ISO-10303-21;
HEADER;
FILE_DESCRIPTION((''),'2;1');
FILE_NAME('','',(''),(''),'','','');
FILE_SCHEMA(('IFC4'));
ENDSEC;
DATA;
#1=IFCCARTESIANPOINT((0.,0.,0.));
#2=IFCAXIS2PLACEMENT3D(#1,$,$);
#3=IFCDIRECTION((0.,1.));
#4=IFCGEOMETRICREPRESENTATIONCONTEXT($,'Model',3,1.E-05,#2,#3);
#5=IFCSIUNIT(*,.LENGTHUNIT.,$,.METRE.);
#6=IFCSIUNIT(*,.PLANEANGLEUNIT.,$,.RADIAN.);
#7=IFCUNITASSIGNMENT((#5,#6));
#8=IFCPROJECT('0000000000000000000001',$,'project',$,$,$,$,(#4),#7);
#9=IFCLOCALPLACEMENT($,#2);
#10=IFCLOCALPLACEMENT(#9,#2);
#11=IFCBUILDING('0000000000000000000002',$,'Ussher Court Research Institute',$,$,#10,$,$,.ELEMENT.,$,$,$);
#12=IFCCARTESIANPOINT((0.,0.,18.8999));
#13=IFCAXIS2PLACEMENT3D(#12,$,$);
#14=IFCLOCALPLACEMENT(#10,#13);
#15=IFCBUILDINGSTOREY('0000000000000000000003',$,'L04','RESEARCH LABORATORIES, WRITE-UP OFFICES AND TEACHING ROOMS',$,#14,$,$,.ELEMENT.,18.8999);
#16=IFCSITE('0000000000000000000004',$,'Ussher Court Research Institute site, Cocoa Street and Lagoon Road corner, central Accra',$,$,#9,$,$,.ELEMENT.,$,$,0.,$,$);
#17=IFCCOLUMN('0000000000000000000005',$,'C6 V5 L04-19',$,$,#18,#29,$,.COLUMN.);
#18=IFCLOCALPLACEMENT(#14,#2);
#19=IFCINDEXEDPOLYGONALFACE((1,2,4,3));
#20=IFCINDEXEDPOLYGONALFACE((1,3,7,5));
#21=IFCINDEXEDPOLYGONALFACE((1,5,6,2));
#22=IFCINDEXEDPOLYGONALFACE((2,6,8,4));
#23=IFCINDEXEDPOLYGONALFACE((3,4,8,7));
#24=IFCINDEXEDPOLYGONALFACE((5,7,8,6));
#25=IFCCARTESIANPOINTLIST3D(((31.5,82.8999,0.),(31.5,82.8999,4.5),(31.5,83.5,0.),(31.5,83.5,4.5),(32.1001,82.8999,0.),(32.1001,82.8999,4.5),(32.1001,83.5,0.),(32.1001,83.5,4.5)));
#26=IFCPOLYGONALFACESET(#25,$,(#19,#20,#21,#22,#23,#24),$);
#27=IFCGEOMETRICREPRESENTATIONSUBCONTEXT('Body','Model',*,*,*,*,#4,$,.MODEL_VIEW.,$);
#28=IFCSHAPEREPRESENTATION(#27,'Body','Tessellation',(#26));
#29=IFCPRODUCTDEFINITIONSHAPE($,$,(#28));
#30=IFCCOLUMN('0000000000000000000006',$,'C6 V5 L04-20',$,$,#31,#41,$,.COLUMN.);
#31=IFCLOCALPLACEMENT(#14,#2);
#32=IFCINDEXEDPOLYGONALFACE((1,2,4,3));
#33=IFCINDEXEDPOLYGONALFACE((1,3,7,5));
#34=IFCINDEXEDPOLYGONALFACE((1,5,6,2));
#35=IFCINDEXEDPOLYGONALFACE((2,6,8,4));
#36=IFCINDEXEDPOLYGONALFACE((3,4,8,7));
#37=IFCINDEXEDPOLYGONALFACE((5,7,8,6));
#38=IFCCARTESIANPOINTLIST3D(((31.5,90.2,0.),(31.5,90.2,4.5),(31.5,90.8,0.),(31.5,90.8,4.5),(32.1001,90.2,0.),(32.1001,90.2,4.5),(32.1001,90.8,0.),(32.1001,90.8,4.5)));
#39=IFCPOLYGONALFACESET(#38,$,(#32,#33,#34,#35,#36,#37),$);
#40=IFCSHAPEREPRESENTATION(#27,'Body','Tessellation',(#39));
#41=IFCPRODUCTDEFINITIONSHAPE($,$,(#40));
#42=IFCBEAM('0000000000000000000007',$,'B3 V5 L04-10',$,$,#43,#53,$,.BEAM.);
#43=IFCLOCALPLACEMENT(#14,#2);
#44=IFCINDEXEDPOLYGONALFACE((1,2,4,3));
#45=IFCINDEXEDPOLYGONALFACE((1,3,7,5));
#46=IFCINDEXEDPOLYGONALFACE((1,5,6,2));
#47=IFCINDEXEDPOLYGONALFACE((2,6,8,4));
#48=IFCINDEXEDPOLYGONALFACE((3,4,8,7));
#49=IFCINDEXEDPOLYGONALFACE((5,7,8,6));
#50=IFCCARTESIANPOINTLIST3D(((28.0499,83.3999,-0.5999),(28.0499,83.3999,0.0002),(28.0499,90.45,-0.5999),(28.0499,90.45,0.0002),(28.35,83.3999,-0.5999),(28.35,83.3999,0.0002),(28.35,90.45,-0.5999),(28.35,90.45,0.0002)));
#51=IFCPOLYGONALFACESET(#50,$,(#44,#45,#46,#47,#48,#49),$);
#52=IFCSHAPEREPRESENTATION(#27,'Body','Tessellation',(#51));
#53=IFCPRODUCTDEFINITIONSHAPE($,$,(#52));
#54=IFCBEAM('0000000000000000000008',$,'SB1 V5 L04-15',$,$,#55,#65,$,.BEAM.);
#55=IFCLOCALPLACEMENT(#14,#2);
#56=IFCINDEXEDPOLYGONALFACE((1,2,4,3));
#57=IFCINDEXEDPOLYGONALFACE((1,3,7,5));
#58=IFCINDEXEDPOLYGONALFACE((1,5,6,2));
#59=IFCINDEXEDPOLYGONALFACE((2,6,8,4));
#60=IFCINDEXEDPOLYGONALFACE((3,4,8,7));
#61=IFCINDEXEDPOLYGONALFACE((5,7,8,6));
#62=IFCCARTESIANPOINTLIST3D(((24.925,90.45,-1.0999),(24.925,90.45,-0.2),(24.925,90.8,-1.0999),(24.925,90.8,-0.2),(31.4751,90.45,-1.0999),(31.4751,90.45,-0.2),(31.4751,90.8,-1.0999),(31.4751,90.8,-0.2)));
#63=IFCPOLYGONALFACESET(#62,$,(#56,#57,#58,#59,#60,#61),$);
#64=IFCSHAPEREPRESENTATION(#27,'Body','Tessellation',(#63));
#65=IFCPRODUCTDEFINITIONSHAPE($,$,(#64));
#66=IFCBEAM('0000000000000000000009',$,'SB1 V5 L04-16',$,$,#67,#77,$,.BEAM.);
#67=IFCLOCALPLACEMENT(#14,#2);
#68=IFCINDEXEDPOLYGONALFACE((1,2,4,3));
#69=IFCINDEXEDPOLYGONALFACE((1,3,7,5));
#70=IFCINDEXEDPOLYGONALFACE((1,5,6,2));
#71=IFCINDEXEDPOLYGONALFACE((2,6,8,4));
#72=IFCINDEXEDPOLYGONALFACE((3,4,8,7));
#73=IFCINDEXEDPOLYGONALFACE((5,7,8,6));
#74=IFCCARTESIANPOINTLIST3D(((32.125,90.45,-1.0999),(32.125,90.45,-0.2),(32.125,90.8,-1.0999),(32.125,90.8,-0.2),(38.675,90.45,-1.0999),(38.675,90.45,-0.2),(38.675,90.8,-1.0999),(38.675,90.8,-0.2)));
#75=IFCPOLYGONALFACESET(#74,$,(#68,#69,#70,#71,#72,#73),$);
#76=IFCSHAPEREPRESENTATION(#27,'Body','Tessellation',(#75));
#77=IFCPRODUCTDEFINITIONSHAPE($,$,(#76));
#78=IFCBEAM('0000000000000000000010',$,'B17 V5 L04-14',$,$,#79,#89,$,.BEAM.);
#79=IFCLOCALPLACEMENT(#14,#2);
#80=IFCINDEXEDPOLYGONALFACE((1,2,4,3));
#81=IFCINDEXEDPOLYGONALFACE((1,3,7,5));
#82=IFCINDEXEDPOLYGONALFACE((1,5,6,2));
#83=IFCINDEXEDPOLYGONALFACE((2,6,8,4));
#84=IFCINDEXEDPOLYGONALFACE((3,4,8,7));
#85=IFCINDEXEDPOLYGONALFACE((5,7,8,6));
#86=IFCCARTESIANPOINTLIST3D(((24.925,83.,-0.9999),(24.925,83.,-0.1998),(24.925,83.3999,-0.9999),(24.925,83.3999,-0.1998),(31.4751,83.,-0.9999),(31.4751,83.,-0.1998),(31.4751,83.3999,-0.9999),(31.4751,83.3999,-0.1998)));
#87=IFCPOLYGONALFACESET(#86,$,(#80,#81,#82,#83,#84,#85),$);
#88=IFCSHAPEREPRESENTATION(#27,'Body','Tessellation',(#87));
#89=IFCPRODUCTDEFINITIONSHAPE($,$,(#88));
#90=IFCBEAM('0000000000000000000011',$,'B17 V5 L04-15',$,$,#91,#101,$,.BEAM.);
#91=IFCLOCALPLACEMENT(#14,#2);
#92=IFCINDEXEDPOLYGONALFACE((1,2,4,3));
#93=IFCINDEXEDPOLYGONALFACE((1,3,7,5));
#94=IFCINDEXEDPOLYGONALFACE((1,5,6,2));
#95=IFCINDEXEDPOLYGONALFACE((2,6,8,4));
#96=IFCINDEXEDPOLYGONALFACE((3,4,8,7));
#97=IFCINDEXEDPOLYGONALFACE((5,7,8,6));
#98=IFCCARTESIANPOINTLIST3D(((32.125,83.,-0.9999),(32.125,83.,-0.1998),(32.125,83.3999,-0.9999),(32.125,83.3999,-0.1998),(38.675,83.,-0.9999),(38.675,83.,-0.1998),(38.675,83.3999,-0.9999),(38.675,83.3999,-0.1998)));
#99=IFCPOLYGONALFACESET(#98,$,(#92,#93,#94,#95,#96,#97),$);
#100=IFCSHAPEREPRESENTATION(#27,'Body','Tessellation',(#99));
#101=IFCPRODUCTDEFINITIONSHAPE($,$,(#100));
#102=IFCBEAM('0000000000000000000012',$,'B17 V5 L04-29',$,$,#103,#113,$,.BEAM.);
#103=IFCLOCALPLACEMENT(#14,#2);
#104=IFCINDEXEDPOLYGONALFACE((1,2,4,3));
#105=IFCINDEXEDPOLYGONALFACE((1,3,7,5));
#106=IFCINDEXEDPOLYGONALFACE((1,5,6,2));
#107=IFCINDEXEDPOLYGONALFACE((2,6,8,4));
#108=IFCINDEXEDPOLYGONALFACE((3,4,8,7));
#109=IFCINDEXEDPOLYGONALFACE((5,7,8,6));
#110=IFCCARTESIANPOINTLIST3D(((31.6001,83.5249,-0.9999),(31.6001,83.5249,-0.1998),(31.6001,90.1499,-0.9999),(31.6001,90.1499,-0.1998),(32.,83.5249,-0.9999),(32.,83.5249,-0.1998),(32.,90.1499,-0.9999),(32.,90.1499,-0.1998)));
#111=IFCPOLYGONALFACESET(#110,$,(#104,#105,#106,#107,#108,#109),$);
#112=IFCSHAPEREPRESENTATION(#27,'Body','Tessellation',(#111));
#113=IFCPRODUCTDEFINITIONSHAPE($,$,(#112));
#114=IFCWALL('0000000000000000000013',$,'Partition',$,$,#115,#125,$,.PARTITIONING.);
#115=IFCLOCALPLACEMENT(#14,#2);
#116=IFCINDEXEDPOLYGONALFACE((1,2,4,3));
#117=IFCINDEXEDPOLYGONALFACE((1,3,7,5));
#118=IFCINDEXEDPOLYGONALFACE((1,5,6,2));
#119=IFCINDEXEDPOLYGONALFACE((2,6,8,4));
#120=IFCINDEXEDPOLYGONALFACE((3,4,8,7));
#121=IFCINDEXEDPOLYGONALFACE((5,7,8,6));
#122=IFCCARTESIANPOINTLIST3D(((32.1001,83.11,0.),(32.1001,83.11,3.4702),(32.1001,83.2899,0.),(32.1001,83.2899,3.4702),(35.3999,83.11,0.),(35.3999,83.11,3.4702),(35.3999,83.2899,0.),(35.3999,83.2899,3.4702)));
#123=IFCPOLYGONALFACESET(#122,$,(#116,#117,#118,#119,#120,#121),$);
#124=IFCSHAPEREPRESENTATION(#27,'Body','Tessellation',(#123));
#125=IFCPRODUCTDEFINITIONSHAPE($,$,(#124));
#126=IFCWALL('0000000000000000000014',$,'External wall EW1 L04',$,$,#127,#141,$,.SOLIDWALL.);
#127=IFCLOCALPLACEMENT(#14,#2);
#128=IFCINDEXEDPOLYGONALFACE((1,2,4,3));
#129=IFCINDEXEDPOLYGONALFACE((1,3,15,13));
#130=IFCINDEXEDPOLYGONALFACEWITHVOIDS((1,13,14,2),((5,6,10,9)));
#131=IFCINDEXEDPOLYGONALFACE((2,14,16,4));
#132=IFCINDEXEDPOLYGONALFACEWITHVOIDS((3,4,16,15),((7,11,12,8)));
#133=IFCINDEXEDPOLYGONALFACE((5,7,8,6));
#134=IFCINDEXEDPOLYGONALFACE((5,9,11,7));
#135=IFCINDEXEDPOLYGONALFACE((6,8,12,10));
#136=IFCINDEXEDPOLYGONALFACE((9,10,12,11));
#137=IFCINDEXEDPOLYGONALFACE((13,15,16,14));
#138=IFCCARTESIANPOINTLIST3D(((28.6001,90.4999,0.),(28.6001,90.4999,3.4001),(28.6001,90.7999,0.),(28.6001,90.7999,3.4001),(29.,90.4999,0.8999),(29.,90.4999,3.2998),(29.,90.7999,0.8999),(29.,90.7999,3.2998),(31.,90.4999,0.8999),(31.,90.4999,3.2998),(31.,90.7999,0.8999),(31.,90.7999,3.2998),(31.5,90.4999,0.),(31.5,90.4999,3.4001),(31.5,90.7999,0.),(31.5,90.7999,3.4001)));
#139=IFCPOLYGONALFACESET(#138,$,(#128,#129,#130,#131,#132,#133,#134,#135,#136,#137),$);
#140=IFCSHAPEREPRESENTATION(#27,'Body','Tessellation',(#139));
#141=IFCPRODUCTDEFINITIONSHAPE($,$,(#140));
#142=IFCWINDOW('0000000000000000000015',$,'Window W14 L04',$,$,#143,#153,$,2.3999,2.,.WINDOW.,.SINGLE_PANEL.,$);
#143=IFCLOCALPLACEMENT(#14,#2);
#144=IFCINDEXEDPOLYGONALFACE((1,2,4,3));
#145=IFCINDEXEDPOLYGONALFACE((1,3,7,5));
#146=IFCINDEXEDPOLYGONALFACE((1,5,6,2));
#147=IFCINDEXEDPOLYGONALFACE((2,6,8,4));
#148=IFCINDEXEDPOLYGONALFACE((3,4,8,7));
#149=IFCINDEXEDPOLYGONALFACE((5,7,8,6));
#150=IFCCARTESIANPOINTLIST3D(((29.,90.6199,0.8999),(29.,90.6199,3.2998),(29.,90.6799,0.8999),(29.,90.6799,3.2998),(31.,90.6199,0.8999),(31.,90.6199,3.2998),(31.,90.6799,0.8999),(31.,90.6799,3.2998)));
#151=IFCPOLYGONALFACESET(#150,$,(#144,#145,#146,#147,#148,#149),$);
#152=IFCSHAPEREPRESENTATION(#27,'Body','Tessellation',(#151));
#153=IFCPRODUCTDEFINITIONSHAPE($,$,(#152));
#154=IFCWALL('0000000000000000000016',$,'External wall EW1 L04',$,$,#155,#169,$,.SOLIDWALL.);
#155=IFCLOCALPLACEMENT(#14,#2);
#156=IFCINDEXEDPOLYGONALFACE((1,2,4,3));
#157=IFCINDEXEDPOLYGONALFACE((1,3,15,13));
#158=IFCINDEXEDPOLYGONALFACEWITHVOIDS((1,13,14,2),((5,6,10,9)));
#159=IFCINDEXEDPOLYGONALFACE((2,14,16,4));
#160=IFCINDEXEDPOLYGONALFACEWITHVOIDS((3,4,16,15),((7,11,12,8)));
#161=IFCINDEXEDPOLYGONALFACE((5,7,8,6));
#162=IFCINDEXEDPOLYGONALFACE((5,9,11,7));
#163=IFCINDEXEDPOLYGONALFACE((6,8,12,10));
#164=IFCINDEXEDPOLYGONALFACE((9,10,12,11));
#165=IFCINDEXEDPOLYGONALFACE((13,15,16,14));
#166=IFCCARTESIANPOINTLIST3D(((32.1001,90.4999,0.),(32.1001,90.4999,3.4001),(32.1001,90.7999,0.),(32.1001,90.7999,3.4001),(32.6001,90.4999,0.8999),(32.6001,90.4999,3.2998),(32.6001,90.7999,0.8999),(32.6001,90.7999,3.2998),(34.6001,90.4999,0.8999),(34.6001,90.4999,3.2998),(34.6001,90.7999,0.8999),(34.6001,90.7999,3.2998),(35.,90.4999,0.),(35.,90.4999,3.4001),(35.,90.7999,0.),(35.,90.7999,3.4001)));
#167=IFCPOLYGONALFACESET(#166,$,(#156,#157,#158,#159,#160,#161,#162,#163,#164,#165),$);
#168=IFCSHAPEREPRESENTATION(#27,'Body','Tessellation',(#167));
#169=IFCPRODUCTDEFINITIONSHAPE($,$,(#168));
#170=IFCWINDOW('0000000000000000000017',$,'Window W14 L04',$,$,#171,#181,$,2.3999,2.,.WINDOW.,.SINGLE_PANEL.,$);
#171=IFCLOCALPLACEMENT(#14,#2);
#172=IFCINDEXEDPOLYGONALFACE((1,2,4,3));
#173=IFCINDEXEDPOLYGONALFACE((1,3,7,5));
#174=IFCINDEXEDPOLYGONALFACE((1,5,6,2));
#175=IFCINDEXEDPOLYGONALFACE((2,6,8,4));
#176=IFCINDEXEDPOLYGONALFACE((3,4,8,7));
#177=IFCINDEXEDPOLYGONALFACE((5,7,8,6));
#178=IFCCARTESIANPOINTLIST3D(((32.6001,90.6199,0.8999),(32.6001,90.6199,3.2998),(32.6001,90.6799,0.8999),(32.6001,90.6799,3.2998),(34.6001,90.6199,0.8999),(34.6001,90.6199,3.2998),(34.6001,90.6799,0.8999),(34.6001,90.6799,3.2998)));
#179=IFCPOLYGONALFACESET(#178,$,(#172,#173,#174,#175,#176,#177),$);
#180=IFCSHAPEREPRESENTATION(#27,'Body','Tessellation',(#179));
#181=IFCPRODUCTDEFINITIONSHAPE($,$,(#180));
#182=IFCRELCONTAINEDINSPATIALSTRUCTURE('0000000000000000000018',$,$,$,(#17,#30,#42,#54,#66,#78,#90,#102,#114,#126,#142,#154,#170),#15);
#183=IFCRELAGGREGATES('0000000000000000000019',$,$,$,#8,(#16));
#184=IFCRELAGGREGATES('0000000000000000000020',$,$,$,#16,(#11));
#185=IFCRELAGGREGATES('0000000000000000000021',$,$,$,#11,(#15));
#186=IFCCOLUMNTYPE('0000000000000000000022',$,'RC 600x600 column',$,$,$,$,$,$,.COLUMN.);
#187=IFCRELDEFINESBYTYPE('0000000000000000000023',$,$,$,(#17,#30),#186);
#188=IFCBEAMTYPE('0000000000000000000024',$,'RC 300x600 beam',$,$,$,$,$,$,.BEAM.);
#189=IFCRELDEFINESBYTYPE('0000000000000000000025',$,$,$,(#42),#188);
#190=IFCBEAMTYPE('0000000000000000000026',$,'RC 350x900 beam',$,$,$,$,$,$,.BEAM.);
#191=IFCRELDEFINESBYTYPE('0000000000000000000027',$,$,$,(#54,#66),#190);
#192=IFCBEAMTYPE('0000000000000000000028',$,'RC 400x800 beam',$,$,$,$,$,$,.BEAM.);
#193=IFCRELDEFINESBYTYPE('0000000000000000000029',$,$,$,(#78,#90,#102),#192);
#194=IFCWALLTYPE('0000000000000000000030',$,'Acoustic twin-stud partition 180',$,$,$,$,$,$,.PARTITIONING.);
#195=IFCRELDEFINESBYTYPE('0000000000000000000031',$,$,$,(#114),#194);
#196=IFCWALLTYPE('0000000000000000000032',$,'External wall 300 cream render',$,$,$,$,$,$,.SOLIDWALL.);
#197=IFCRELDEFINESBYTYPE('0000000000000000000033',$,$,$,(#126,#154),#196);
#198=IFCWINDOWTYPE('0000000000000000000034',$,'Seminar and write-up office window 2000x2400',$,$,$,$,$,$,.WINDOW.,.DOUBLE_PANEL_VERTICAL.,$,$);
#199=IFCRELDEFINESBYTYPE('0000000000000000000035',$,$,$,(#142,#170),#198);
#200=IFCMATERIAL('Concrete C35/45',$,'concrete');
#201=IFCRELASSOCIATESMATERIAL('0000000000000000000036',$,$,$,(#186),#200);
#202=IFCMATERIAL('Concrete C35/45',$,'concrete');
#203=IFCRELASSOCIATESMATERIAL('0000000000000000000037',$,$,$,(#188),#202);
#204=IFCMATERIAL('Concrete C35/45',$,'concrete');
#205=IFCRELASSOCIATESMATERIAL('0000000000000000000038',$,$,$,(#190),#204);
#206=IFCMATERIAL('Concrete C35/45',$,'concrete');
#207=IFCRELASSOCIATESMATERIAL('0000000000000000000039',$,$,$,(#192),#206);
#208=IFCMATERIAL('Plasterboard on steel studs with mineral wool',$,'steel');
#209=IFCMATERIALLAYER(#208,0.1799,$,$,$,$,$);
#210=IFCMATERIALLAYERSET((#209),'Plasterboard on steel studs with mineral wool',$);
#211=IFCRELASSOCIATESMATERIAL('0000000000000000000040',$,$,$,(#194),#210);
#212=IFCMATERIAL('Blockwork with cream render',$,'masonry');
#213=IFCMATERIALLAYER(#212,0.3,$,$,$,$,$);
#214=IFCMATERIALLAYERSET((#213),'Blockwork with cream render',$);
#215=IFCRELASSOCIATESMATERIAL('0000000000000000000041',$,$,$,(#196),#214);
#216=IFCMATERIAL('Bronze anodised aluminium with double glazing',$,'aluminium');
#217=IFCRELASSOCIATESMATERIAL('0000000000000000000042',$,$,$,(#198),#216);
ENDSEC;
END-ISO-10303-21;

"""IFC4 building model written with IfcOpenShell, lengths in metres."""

from ifc_helpers import new_model, si_unit, direction, frame, frame_2d, origin, origin_2d, place, context, subcontext, project, spatial, rectangle, extrude, material, layer, layer_set, material_profile, profile_set, type_object, element, fill, save


model = new_model("IFC4")

# Units and contexts
model_context = context("Model", 3, precision=1e-05, world=origin(), true_north=direction((0.0, 1.0)))
body_context = subcontext(model_context, "Body", "Model", "MODEL_VIEW")
ifc_project = project(units=[si_unit("LENGTHUNIT", "METRE"), si_unit("PLANEANGLEUNIT", "RADIAN")], contexts=[model_context])

# Site, building, storey
site_placement = place(None, origin())
site = spatial("IfcSite", under=ifc_project, at=site_placement, Name="Ussher Court Research Institute site, Cocoa Street and Lagoon Road corner, central Accra", CompositionType="ELEMENT", RefElevation=0.0)
building_placement = place(site_placement, origin())
building = spatial("IfcBuilding", under=site, at=building_placement, Name="Ussher Court Research Institute", CompositionType="ELEMENT")
storey_placement = place(building_placement, frame((0.0, 0.0, 18.8999)))
storey = spatial("IfcBuildingStorey", under=building, at=storey_placement, Name="L04", Description="RESEARCH LABORATORIES, WRITE-UP OFFICES AND TEACHING ROOMS", CompositionType="ELEMENT", Elevation=18.8999)

# Columns
ifc_material_1 = material(Name="Concrete C35/45", Category="concrete")
ifc_material_profile_1 = material_profile(ifc_material_1, rectangle(XDim=0.6001, YDim=0.6001, at=origin_2d()), Name="RC 600x600")
ifc_profile_set_1 = profile_set([ifc_material_profile_1], Name="Concrete C35/45")
column_type = type_object("IfcColumnType", Name="RC 600x600 column", PredefinedType="COLUMN", material=ifc_profile_set_1)
for number, where, z_axis, x_axis, name in (
    (1, (31.8, 83.2, 0.0), (0.0, 0.0, 1.0), (1.0, 0.0, 0.0), "C6 V5 L04-19"),
    (2, (31.8, 90.5, 0.0), (0.0, 0.0, 1.0), (1.0, 0.0, 0.0), "C6 V5 L04-20"),
):
    element("IfcColumn", number, at=place(storey_placement, frame(where, z_axis=z_axis, x_axis=x_axis)), inside=storey, type_object=column_type, Name=name, PredefinedType="COLUMN", context=body_context, shape_type="SweptSolid", body=[
        extrude(rectangle(XDim=0.6001, YDim=0.6001, at=origin_2d()), origin(), (0.0, 0.0, 1.0), 4.5),
    ])

# Beams
ifc_material_2 = material(Name="Concrete C35/45", Category="concrete")
ifc_material_profile_2 = material_profile(ifc_material_2, rectangle(XDim=0.3, YDim=0.6001, at=origin_2d()), Name="RC 300x600")
ifc_profile_set_2 = profile_set([ifc_material_profile_2], Name="Concrete C35/45")
beam_type_1 = type_object("IfcBeamType", Name="RC 300x600 beam", PredefinedType="BEAM", material=ifc_profile_set_2)
beam_1_placement = place(storey_placement, frame((28.2, 83.3999, -0.2998), z_axis=(0.0, 1.0, 0.0), x_axis=(-1.0, 0.0, 0.0)))
element("IfcBeam", 3, at=beam_1_placement, inside=storey, type_object=beam_type_1, Name="B3 V5 L04-10", PredefinedType="BEAM", context=body_context, shape_type="SweptSolid", body=[
    extrude(rectangle(XDim=0.3, YDim=0.6001, at=origin_2d()), origin(), (0.0, 0.0, 1.0), 7.05),
])
ifc_material_3 = material(Name="Concrete C35/45", Category="concrete")
ifc_material_profile_3 = material_profile(ifc_material_3, rectangle(XDim=0.3501, YDim=0.8999, at=origin_2d()), Name="RC 350x900")
ifc_profile_set_3 = profile_set([ifc_material_profile_3], Name="Concrete C35/45")
beam_type_2 = type_object("IfcBeamType", Name="RC 350x900 beam", PredefinedType="BEAM", material=ifc_profile_set_3)
for number, where, z_axis, x_axis, name in (
    (4, (24.925, 90.625, -0.6499), (1.0, 0.0, 0.0), (0.0, 1.0, 0.0), "SB1 V5 L04-15"),
    (5, (32.125, 90.625, -0.6499), (1.0, 0.0, 0.0), (0.0, 1.0, 0.0), "SB1 V5 L04-16"),
):
    element("IfcBeam", number, at=place(storey_placement, frame(where, z_axis=z_axis, x_axis=x_axis)), inside=storey, type_object=beam_type_2, Name=name, PredefinedType="BEAM", context=body_context, shape_type="SweptSolid", body=[
        extrude(rectangle(XDim=0.3501, YDim=0.8999, at=origin_2d()), origin(), (0.0, 0.0, 1.0), 6.55),
    ])
ifc_material_4 = material(Name="Concrete C35/45", Category="concrete")
ifc_material_profile_4 = material_profile(ifc_material_4, rectangle(XDim=0.3999, YDim=0.8, at=origin_2d()), Name="RC 400x800")
ifc_profile_set_4 = profile_set([ifc_material_profile_4], Name="Concrete C35/45")
beam_type_3 = type_object("IfcBeamType", Name="RC 400x800 beam", PredefinedType="BEAM", material=ifc_profile_set_4)
for number, where, z_axis, x_axis, name in (
    (6, (24.925, 83.2, -0.5999), (1.0, 0.0, 0.0), (0.0, 1.0, 0.0), "B17 V5 L04-14"),
    (7, (32.125, 83.2, -0.5999), (1.0, 0.0, 0.0), (0.0, 1.0, 0.0), "B17 V5 L04-15"),
):
    element("IfcBeam", number, at=place(storey_placement, frame(where, z_axis=z_axis, x_axis=x_axis)), inside=storey, type_object=beam_type_3, Name=name, PredefinedType="BEAM", context=body_context, shape_type="SweptSolid", body=[
        extrude(rectangle(XDim=0.3999, YDim=0.8, at=origin_2d()), origin(), (0.0, 0.0, 1.0), 6.55),
    ])
beam_2_placement = place(storey_placement, frame((31.8, 83.5249, -0.5999), z_axis=(0.0, 1.0, 0.0), x_axis=(-1.0, 0.0, 0.0)))
element("IfcBeam", 8, at=beam_2_placement, inside=storey, type_object=beam_type_3, Name="B17 V5 L04-29", PredefinedType="BEAM", context=body_context, shape_type="SweptSolid", body=[
    extrude(rectangle(XDim=0.3999, YDim=0.8, at=origin_2d()), origin(), (0.0, 0.0, 1.0), 6.625),
])

# Wall
ifc_material_5 = material(Name="Plasterboard on steel studs with mineral wool", Category="steel")
ifc_layer_1 = layer(ifc_material_5, 0.1799)
ifc_layer_set_1 = layer_set([ifc_layer_1], Name="Plasterboard on steel studs with mineral wool")
wall_type_1 = type_object("IfcWallType", Name="Acoustic twin-stud partition 180", PredefinedType="PARTITIONING", material=ifc_layer_set_1)
wall_1_placement = place(storey_placement, frame((32.1001, 83.2, 0.0), z_axis=(0.0, 0.0, 1.0), x_axis=(1.0, 0.0, 0.0)))
element("IfcWall", 9, at=wall_1_placement, inside=storey, type_object=wall_type_1, Name="Partition", PredefinedType="PARTITIONING", context=body_context, shape_type="SweptSolid", body=[
    extrude(rectangle(XDim=3.2998, YDim=0.1799, at=frame_2d((1.6499, 0.0))), origin(), (0.0, 0.0, 1.0), 3.4702),
])

# Walls, openings, windows
ifc_material_6 = material(Name="Blockwork with cream render", Category="masonry")
ifc_layer_2 = layer(ifc_material_6, 0.3)
ifc_layer_set_2 = layer_set([ifc_layer_2], Name="Blockwork with cream render")
wall_type_2 = type_object("IfcWallType", Name="External wall 300 cream render", PredefinedType="SOLIDWALL", material=ifc_layer_set_2)
wall_2_placement = place(storey_placement, frame((28.6001, 90.6499, 0.0), z_axis=(0.0, 0.0, 1.0), x_axis=(1.0, 0.0, 0.0)))
wall_2 = element("IfcWall", 10, at=wall_2_placement, inside=storey, type_object=wall_type_2, Name="External wall EW1 L04", PredefinedType="SOLIDWALL", context=body_context, shape_type="SweptSolid", body=[
    extrude(rectangle(XDim=2.8999, YDim=0.3, at=frame_2d((1.45, 0.0))), origin(), (0.0, 0.0, 1.0), 3.4001),
])
opening_1_placement = place(wall_2_placement, frame((0.3999, 0.0, 0.8999)))
opening_1 = element("IfcOpeningElement", 11, at=opening_1_placement, cuts=wall_2, PredefinedType="OPENING", context=body_context, shape_type="SweptSolid", body=[
    extrude(rectangle(XDim=2.0, YDim=2.3999, at=frame_2d((1.0, 1.2))), frame((0.0, 0.1602, 0.0), z_axis=(0.0, -1.0, 0.0), x_axis=(1.0, 0.0, 0.0)), (0.0, 0.0, 1.0), 0.3201),
])
ifc_material_7 = material(Name="Bronze anodised aluminium with double glazing", Category="aluminium")
window_type = type_object("IfcWindowType", Name="Seminar and write-up office window 2000x2400", PartitioningType="DOUBLE_PANEL_VERTICAL", PredefinedType="WINDOW", material=ifc_material_7)
window_1_placement = place(opening_1_placement, origin())
window_1 = element("IfcWindow", 12, at=window_1_placement, inside=storey, type_object=window_type, Name="Window W14 L04", OverallHeight=2.3999, OverallWidth=2.0, PartitioningType="SINGLE_PANEL", PredefinedType="WINDOW", context=body_context, shape_type="SweptSolid", body=[
    extrude(rectangle(XDim=2.0, YDim=2.3999, at=frame_2d((1.0, 1.2))), frame((0.0, 0.03, 0.0), z_axis=(0.0, -1.0, 0.0), x_axis=(1.0, 0.0, 0.0)), (0.0, 0.0, 1.0), 0.0601),
])
fill(opening_1, window_1)
wall_3_placement = place(storey_placement, frame((32.1001, 90.6499, 0.0), z_axis=(0.0, 0.0, 1.0), x_axis=(1.0, 0.0, 0.0)))
wall_3 = element("IfcWall", 13, at=wall_3_placement, inside=storey, type_object=wall_type_2, Name="External wall EW1 L04", PredefinedType="SOLIDWALL", context=body_context, shape_type="SweptSolid", body=[
    extrude(rectangle(XDim=2.8999, YDim=0.3, at=frame_2d((1.45, 0.0))), origin(), (0.0, 0.0, 1.0), 3.4001),
])
opening_2_placement = place(wall_3_placement, frame((0.5, 0.0, 0.8999)))
opening_2 = element("IfcOpeningElement", 14, at=opening_2_placement, cuts=wall_3, PredefinedType="OPENING", context=body_context, shape_type="SweptSolid", body=[
    extrude(rectangle(XDim=2.0, YDim=2.3999, at=frame_2d((1.0, 1.2))), frame((0.0, 0.1602, 0.0), z_axis=(0.0, -1.0, 0.0), x_axis=(1.0, 0.0, 0.0)), (0.0, 0.0, 1.0), 0.3201),
])
window_2_placement = place(opening_2_placement, origin())
window_2 = element("IfcWindow", 15, at=window_2_placement, inside=storey, type_object=window_type, Name="Window W14 L04", OverallHeight=2.3999, OverallWidth=2.0, PartitioningType="SINGLE_PANEL", PredefinedType="WINDOW", context=body_context, shape_type="SweptSolid", body=[
    extrude(rectangle(XDim=2.0, YDim=2.3999, at=frame_2d((1.0, 1.2))), frame((0.0, 0.03, 0.0), z_axis=(0.0, -1.0, 0.0), x_axis=(1.0, 0.0, 0.0)), (0.0, 0.0, 1.0), 0.0601),
])
fill(opening_2, window_2)

save(model, "model.ifc")
